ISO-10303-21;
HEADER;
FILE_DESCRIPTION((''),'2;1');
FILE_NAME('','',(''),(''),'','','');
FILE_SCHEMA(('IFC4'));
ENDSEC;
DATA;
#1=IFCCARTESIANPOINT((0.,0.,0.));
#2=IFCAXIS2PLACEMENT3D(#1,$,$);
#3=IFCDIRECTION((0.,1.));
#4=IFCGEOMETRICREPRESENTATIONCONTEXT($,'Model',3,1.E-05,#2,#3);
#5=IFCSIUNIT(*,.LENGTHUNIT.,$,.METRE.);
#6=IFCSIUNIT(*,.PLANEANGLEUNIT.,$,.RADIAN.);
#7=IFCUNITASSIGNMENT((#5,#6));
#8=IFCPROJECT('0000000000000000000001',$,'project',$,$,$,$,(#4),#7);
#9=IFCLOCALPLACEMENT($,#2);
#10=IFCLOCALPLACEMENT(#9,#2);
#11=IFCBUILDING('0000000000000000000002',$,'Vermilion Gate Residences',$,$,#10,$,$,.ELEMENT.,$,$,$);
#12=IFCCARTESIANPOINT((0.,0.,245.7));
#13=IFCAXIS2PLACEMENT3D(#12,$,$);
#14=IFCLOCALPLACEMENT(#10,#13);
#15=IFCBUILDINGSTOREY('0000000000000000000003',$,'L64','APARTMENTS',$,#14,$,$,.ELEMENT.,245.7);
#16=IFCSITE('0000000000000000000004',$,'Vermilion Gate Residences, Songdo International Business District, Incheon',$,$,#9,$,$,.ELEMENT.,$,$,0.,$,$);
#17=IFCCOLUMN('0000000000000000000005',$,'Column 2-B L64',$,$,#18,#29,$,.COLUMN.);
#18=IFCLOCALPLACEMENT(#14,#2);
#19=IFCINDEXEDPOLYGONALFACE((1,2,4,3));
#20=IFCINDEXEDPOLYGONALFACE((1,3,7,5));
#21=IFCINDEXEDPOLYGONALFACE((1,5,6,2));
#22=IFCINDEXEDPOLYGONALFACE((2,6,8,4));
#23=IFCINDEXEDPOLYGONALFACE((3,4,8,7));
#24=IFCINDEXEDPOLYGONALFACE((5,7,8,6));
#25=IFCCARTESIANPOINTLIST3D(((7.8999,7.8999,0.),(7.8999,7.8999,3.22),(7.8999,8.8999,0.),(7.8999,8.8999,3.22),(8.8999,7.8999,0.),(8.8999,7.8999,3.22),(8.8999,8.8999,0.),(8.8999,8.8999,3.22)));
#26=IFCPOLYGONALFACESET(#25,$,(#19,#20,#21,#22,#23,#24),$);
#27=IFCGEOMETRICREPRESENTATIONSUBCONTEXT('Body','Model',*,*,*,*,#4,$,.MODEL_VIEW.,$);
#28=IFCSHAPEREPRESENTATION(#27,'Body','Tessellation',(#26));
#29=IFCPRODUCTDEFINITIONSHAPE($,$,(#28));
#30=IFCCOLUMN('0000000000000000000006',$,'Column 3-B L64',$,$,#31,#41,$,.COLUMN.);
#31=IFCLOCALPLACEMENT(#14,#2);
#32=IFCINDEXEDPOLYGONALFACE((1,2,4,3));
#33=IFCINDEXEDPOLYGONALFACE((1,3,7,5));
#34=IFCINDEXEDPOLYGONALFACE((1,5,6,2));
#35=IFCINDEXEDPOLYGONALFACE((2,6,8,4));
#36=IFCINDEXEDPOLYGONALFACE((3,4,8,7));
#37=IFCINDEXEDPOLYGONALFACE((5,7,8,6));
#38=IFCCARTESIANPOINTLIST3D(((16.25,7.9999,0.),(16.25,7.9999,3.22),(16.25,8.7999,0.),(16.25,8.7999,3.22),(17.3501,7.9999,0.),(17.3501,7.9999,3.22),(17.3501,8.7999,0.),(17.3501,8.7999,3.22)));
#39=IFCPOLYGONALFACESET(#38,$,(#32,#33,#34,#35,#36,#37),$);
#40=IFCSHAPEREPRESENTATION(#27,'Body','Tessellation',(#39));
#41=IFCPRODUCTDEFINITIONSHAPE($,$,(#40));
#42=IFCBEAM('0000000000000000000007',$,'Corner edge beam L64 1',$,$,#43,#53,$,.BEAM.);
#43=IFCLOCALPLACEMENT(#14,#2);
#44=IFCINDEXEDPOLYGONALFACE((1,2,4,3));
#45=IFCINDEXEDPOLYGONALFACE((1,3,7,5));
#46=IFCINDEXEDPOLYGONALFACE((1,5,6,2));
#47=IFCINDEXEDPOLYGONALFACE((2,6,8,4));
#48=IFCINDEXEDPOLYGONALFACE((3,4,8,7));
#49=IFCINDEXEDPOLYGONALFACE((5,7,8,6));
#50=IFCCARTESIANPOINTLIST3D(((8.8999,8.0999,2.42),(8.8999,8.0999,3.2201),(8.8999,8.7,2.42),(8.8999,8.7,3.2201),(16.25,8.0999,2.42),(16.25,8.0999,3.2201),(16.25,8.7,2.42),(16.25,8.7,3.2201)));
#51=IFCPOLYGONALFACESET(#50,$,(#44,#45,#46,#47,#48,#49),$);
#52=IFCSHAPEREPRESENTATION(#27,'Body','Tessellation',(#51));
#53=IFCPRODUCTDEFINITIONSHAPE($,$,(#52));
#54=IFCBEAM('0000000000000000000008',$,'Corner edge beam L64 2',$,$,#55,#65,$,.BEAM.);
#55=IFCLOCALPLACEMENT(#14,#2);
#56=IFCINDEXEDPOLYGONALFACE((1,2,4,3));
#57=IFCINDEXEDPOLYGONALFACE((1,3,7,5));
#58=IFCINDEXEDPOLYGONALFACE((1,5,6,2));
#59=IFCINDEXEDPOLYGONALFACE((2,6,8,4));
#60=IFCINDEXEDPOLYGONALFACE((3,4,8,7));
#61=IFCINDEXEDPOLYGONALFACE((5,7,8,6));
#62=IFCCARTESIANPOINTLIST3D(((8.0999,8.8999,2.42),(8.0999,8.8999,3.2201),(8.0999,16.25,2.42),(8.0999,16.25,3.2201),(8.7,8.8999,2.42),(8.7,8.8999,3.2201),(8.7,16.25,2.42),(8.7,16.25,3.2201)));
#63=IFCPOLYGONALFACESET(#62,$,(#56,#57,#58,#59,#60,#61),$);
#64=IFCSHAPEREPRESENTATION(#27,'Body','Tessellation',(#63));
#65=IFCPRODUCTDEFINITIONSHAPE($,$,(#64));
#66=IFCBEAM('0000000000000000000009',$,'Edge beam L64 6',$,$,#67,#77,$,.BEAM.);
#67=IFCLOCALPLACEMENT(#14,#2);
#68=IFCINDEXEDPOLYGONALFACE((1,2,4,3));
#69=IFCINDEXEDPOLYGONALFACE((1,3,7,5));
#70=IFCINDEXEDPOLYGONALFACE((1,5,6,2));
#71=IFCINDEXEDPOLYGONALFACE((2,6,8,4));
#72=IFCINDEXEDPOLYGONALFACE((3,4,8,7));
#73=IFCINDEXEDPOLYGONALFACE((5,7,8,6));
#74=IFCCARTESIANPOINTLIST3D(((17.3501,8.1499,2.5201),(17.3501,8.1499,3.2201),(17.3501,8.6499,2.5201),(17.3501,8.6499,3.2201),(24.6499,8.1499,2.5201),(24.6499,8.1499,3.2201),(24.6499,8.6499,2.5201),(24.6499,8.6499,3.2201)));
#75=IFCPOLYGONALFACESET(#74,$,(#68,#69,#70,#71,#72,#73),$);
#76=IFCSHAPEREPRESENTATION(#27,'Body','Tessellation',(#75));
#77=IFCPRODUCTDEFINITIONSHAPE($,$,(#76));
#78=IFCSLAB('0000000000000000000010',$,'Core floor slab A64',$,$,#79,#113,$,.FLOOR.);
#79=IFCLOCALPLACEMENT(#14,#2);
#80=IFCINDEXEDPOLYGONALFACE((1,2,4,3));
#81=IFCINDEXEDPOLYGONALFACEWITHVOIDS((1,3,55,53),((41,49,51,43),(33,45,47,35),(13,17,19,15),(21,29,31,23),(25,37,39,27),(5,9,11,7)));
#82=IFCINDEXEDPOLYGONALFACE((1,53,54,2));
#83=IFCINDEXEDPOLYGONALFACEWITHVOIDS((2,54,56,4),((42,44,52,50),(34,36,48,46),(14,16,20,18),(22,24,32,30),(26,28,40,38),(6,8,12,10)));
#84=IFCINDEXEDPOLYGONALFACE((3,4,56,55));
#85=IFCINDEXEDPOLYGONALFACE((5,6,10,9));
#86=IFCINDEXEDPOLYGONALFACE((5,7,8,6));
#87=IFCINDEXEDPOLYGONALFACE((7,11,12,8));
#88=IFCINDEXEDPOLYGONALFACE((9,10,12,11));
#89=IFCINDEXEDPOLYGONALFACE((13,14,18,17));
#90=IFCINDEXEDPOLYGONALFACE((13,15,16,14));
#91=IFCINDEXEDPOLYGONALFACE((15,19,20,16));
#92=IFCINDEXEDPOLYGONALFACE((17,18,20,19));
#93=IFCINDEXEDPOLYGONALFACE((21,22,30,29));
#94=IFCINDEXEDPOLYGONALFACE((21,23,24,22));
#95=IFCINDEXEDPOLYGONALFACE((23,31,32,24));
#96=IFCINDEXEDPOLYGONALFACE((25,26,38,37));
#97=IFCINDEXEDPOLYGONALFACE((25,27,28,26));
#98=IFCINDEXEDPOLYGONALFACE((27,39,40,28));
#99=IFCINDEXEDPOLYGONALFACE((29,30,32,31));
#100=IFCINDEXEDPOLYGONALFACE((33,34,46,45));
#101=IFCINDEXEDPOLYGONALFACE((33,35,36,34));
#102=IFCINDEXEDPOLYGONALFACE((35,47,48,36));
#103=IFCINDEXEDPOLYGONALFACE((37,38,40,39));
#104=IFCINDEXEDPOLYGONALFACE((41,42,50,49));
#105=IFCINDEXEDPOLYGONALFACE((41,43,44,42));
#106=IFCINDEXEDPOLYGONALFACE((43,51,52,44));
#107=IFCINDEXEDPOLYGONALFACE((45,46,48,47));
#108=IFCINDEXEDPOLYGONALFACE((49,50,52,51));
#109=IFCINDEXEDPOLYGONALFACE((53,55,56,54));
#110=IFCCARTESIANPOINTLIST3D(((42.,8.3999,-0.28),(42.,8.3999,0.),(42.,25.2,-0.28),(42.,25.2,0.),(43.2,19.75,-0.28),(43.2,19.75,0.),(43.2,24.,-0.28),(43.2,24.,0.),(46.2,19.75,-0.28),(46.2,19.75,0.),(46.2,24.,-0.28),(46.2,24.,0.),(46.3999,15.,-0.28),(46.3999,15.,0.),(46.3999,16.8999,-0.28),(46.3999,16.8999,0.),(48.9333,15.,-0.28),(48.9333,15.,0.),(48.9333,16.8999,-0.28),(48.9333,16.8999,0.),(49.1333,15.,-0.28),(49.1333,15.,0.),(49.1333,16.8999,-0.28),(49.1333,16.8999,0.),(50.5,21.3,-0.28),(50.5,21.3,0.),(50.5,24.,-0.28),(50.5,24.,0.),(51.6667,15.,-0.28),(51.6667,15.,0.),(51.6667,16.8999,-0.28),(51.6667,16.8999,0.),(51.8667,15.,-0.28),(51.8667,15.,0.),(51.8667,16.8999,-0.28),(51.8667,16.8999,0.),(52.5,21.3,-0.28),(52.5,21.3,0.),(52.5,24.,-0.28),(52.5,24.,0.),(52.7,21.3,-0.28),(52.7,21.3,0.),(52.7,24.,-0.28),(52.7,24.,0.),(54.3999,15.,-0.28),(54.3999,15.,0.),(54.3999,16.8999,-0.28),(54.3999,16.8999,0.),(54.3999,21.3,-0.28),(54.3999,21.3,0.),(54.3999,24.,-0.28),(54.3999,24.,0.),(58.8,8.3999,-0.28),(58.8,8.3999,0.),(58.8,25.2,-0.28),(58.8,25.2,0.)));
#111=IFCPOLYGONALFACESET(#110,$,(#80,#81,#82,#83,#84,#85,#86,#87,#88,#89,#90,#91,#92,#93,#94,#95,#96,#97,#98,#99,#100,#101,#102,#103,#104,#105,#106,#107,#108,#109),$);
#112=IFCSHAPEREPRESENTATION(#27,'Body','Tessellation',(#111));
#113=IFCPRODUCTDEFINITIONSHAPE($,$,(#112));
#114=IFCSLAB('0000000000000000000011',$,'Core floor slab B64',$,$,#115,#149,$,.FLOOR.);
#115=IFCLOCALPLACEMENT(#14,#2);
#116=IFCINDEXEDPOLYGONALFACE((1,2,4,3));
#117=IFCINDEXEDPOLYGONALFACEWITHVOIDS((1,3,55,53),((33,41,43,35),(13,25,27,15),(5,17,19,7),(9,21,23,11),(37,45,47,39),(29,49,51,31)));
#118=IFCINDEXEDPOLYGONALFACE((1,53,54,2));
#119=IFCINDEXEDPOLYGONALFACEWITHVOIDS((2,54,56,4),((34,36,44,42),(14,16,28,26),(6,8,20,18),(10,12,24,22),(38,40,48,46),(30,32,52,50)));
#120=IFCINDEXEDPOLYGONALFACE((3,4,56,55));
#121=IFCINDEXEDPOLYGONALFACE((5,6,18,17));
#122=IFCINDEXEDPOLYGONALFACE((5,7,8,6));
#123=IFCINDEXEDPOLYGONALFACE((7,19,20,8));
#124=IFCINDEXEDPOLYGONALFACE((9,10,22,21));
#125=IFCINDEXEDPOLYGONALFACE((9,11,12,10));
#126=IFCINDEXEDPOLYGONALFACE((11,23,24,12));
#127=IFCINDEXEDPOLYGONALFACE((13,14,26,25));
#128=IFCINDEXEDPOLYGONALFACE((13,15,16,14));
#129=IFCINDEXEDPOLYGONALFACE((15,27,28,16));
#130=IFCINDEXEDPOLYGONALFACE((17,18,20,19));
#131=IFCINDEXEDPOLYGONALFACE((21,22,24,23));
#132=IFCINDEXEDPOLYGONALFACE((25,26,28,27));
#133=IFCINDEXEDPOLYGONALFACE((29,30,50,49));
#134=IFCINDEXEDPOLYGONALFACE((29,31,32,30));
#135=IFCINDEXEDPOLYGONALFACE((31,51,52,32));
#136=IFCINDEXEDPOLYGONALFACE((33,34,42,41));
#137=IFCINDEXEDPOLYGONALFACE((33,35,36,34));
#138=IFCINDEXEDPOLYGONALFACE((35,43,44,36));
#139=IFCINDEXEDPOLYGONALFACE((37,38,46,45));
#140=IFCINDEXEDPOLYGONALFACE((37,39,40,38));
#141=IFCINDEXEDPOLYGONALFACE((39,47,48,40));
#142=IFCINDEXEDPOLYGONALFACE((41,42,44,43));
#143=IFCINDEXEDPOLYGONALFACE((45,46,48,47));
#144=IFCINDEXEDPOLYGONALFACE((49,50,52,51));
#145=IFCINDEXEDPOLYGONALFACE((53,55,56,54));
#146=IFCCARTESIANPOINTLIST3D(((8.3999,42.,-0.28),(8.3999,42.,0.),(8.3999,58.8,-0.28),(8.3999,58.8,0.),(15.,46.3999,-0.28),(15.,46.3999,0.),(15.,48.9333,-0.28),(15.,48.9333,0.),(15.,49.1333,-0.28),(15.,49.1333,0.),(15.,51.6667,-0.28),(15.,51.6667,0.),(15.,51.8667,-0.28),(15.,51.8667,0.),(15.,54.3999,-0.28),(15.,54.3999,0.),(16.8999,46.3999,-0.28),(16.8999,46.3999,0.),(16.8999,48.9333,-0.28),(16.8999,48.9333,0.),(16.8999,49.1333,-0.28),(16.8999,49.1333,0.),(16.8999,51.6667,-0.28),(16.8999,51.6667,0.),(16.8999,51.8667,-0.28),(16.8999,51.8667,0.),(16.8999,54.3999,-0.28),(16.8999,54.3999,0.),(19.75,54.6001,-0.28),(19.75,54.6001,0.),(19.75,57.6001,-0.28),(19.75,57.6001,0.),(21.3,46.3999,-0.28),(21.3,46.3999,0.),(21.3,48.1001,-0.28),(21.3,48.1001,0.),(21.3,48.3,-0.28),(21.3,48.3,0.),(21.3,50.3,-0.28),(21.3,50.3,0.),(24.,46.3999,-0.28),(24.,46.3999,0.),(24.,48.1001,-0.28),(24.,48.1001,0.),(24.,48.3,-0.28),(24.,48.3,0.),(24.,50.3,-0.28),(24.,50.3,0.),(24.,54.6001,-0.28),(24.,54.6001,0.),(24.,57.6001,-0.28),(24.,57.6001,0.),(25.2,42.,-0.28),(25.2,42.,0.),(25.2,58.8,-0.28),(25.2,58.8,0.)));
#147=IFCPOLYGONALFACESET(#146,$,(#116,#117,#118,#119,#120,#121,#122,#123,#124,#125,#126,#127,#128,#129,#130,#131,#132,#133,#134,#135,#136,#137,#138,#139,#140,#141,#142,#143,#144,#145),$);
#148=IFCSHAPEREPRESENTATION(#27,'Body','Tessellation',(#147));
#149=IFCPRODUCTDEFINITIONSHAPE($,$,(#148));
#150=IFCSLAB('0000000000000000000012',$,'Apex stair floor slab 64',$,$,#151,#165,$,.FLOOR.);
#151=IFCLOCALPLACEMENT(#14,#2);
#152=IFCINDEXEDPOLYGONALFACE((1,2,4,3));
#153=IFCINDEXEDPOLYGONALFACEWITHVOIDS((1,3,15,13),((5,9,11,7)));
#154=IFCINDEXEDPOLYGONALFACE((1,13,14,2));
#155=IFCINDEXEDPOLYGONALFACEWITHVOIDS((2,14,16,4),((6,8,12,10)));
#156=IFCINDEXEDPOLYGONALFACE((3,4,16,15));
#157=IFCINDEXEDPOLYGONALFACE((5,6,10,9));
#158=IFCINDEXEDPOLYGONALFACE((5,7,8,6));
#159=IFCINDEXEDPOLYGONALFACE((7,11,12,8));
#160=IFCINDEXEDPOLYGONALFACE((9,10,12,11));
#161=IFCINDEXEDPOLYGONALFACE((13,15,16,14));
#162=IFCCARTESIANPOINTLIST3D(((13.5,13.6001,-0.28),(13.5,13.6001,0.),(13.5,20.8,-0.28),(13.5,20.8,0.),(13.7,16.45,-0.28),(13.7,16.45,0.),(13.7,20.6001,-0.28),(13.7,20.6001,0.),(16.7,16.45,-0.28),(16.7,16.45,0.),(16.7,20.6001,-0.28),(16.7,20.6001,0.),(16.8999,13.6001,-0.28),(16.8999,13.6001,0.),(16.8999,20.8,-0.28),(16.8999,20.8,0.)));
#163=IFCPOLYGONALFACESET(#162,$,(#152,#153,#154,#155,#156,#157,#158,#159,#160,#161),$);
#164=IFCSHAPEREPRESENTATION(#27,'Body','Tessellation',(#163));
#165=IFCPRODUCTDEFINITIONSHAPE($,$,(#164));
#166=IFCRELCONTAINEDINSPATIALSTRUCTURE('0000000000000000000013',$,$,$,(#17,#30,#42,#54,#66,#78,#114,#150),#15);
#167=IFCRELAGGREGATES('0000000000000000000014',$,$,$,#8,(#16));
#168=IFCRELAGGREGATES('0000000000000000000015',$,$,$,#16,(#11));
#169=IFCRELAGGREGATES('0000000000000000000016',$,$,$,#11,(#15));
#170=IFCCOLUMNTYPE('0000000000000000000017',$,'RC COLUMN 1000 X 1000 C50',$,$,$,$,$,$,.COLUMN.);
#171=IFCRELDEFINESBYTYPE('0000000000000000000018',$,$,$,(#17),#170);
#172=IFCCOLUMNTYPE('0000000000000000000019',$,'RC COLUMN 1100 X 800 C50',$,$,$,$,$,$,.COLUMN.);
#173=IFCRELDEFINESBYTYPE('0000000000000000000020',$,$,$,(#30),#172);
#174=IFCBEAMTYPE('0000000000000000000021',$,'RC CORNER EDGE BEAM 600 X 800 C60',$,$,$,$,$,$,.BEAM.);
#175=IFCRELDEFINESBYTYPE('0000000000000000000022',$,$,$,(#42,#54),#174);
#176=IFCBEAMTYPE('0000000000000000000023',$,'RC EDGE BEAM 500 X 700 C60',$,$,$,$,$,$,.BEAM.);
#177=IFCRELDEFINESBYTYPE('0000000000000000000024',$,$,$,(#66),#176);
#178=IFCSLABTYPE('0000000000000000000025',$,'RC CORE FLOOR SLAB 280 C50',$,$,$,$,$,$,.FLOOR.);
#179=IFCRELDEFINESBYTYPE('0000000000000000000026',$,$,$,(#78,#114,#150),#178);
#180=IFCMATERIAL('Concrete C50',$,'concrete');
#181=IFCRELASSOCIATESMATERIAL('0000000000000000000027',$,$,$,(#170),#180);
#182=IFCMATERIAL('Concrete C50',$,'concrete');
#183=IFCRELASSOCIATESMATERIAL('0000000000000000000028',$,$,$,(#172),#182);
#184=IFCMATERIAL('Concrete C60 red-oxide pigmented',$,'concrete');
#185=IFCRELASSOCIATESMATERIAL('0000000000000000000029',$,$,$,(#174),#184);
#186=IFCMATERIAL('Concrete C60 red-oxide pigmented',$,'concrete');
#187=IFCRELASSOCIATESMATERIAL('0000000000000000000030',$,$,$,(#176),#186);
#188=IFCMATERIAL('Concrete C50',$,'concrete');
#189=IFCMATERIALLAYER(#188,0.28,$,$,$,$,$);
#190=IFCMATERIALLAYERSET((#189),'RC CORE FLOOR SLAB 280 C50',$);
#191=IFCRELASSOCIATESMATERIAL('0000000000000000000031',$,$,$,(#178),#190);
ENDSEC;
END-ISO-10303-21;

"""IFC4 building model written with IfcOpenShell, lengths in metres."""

from ifc_helpers import new_model, si_unit, direction, frame, origin, origin_2d, place, context, subcontext, project, spatial, polyline, rectangle, outline, extrude, material, layer, layer_set, material_profile, profile_set, type_object, element, save


model = new_model("IFC4")

# Units and contexts
model_context = context("Model", 3, precision=1e-05, world=origin(), true_north=direction((0.0, 1.0)))
body_context = subcontext(model_context, "Body", "Model", "MODEL_VIEW")
ifc_project = project(units=[si_unit("LENGTHUNIT", "METRE"), si_unit("PLANEANGLEUNIT", "RADIAN")], contexts=[model_context])

# Site, building, storey
site_placement = place(None, origin())
site = spatial("IfcSite", under=ifc_project, at=site_placement, Name="Vermilion Gate Residences, Songdo International Business District, Incheon", CompositionType="ELEMENT", RefElevation=0.0)
building_placement = place(site_placement, origin())
building = spatial("IfcBuilding", under=site, at=building_placement, Name="Vermilion Gate Residences", CompositionType="ELEMENT")
storey_placement = place(building_placement, frame((0.0, 0.0, 245.7)))
storey = spatial("IfcBuildingStorey", under=building, at=storey_placement, Name="L64", Description="APARTMENTS", CompositionType="ELEMENT", Elevation=245.7)

# Columns
ifc_material_1 = material(Name="Concrete C50", Category="concrete")
ifc_material_profile_1 = material_profile(ifc_material_1, rectangle(XDim=1.0, YDim=1.0, at=origin_2d()), Name="RC-1000x1000")
ifc_profile_set_1 = profile_set([ifc_material_profile_1], Name="Concrete C50")
column_type_1 = type_object("IfcColumnType", Name="RC COLUMN 1000 X 1000 C50", PredefinedType="COLUMN", material=ifc_profile_set_1)
column_1_placement = place(storey_placement, frame((8.3999, 8.3999, 0.0), z_axis=(0.0, 0.0, 1.0), x_axis=(1.0, 0.0, 0.0)))
element("IfcColumn", 1, at=column_1_placement, inside=storey, type_object=column_type_1, Name="Column 2-B L64", PredefinedType="COLUMN", context=body_context, shape_type="SweptSolid", body=[
    extrude(rectangle(XDim=1.0, YDim=1.0, at=origin_2d()), origin(), (0.0, 0.0, 1.0), 3.22),
])
ifc_material_2 = material(Name="Concrete C50", Category="concrete")
ifc_material_profile_2 = material_profile(ifc_material_2, rectangle(XDim=1.1001, YDim=0.8, at=origin_2d()), Name="RC-1100x800")
ifc_profile_set_2 = profile_set([ifc_material_profile_2], Name="Concrete C50")
column_type_2 = type_object("IfcColumnType", Name="RC COLUMN 1100 X 800 C50", PredefinedType="COLUMN", material=ifc_profile_set_2)
column_2_placement = place(storey_placement, frame((16.8, 8.3999, 0.0), z_axis=(0.0, 0.0, 1.0), x_axis=(1.0, 0.0, 0.0)))
element("IfcColumn", 2, at=column_2_placement, inside=storey, type_object=column_type_2, Name="Column 3-B L64", PredefinedType="COLUMN", context=body_context, shape_type="SweptSolid", body=[
    extrude(rectangle(XDim=1.1001, YDim=0.8, at=origin_2d()), origin(), (0.0, 0.0, 1.0), 3.22),
])

# Beams
ifc_material_3 = material(Name="Concrete C60 red-oxide pigmented", Category="concrete")
ifc_material_profile_3 = material_profile(ifc_material_3, rectangle(XDim=0.6001, YDim=0.8, at=origin_2d()), Name="RC-600x800")
ifc_profile_set_3 = profile_set([ifc_material_profile_3], Name="Concrete C60 red-oxide pigmented")
beam_type_1 = type_object("IfcBeamType", Name="RC CORNER EDGE BEAM 600 X 800 C60", PredefinedType="BEAM", material=ifc_profile_set_3)
for number, where, z_axis, x_axis, name in (
    (3, (8.8999, 8.3999, 2.8201), (1.0, 0.0, 0.0), (0.0, 1.0, 0.0), "Corner edge beam L64 1"),
    (4, (8.3999, 8.8999, 2.8201), (0.0, 1.0, 0.0), (-1.0, 0.0, 0.0), "Corner edge beam L64 2"),
):
    element("IfcBeam", number, at=place(storey_placement, frame(where, z_axis=z_axis, x_axis=x_axis)), inside=storey, type_object=beam_type_1, Name=name, PredefinedType="BEAM", context=body_context, shape_type="SweptSolid", body=[
        extrude(rectangle(XDim=0.6001, YDim=0.8, at=origin_2d()), origin(), (0.0, 0.0, 1.0), 7.3501),
    ])
ifc_material_4 = material(Name="Concrete C60 red-oxide pigmented", Category="concrete")
ifc_material_profile_4 = material_profile(ifc_material_4, rectangle(XDim=0.5, YDim=0.7, at=origin_2d()), Name="RC-500x700")
ifc_profile_set_4 = profile_set([ifc_material_profile_4], Name="Concrete C60 red-oxide pigmented")
beam_type_2 = type_object("IfcBeamType", Name="RC EDGE BEAM 500 X 700 C60", PredefinedType="BEAM", material=ifc_profile_set_4)
beam_placement = place(storey_placement, frame((17.3501, 8.3999, 2.8701), z_axis=(1.0, 0.0, 0.0), x_axis=(0.0, 1.0, 0.0)))
element("IfcBeam", 5, at=beam_placement, inside=storey, type_object=beam_type_2, Name="Edge beam L64 6", PredefinedType="BEAM", context=body_context, shape_type="SweptSolid", body=[
    extrude(rectangle(XDim=0.5, YDim=0.7, at=origin_2d()), origin(), (0.0, 0.0, 1.0), 7.2998),
])

# Slabs
ifc_material_5 = material(Name="Concrete C50", Category="concrete")
ifc_layer_1 = layer(ifc_material_5, 0.28)
ifc_layer_set_1 = layer_set([ifc_layer_1], Name="RC CORE FLOOR SLAB 280 C50")
slab_type_1 = type_object("IfcSlabType", Name="RC CORE FLOOR SLAB 280 C50", PredefinedType="FLOOR", material=ifc_layer_set_1)
slab_1_placement = place(storey_placement, frame((0.0, 0.0, -0.28)))
element("IfcSlab", 6, at=slab_1_placement, inside=storey, type_object=slab_type_1, Name="Core floor slab A64", PredefinedType="FLOOR", context=body_context, shape_type="SweptSolid", body=[
    extrude(outline(polyline([(42.0, 8.3999), (58.8, 8.3999), (58.8, 25.2), (42.0, 25.2), (42.0, 8.3999)]), holes=[polyline([(46.3999, 15.0), (46.3999, 16.8999), (48.9333, 16.8999), (48.9333, 15.0), (46.3999, 15.0)]), polyline([(49.1333, 16.8999), (51.6667, 16.8999), (51.6667, 15.0), (49.1333, 15.0), (49.1333, 16.8999)]), polyline([(51.8667, 16.8999), (54.3999, 16.8999), (54.3999, 15.0), (51.8667, 15.0), (51.8667, 16.8999)]), polyline([(43.2, 19.75), (43.2, 24.0), (46.2, 24.0), (46.2, 19.75), (43.2, 19.75)]), polyline([(50.5, 24.0), (52.5, 24.0), (52.5, 21.3), (50.5, 21.3), (50.5, 24.0)]), polyline([(52.7, 24.0), (54.3999, 24.0), (54.3999, 21.3), (52.7, 21.3), (52.7, 24.0)])]), origin(), (0.0, 0.0, 1.0), 0.28),
])
slab_2_placement = place(storey_placement, frame((0.0, 0.0, -0.28)))
element("IfcSlab", 7, at=slab_2_placement, inside=storey, type_object=slab_type_1, Name="Core floor slab B64", PredefinedType="FLOOR", context=body_context, shape_type="SweptSolid", body=[
    extrude(outline(polyline([(8.3999, 42.0), (25.2, 42.0), (25.2, 58.8), (8.3999, 58.8), (8.3999, 42.0)]), holes=[polyline([(21.3, 46.3999), (21.3, 48.1001), (24.0, 48.1001), (24.0, 46.3999), (21.3, 46.3999)]), polyline([(15.0, 48.9333), (16.8999, 48.9333), (16.8999, 46.3999), (15.0, 46.3999), (15.0, 48.9333)]), polyline([(21.3, 50.3), (24.0, 50.3), (24.0, 48.3), (21.3, 48.3), (21.3, 50.3)]), polyline([(15.0, 49.1333), (15.0, 51.6667), (16.8999, 51.6667), (16.8999, 49.1333), (15.0, 49.1333)]), polyline([(15.0, 54.3999), (16.8999, 54.3999), (16.8999, 51.8667), (15.0, 51.8667), (15.0, 54.3999)]), polyline([(19.75, 57.6001), (24.0, 57.6001), (24.0, 54.6001), (19.75, 54.6001), (19.75, 57.6001)])]), origin(), (0.0, 0.0, 1.0), 0.28),
])
slab_3_placement = place(storey_placement, frame((0.0, 0.0, -0.28)))
element("IfcSlab", 8, at=slab_3_placement, inside=storey, type_object=slab_type_1, Name="Apex stair floor slab 64", PredefinedType="FLOOR", context=body_context, shape_type="SweptSolid", body=[
    extrude(outline(polyline([(13.5, 13.6001), (16.8999, 13.6001), (16.8999, 20.8), (13.5, 20.8), (13.5, 13.6001)]), holes=[polyline([(16.7, 20.6001), (16.7, 16.45), (13.7, 16.45), (13.7, 20.6001), (16.7, 20.6001)])]), origin(), (0.0, 0.0, 1.0), 0.28),
])

save(model, "model.ifc")
